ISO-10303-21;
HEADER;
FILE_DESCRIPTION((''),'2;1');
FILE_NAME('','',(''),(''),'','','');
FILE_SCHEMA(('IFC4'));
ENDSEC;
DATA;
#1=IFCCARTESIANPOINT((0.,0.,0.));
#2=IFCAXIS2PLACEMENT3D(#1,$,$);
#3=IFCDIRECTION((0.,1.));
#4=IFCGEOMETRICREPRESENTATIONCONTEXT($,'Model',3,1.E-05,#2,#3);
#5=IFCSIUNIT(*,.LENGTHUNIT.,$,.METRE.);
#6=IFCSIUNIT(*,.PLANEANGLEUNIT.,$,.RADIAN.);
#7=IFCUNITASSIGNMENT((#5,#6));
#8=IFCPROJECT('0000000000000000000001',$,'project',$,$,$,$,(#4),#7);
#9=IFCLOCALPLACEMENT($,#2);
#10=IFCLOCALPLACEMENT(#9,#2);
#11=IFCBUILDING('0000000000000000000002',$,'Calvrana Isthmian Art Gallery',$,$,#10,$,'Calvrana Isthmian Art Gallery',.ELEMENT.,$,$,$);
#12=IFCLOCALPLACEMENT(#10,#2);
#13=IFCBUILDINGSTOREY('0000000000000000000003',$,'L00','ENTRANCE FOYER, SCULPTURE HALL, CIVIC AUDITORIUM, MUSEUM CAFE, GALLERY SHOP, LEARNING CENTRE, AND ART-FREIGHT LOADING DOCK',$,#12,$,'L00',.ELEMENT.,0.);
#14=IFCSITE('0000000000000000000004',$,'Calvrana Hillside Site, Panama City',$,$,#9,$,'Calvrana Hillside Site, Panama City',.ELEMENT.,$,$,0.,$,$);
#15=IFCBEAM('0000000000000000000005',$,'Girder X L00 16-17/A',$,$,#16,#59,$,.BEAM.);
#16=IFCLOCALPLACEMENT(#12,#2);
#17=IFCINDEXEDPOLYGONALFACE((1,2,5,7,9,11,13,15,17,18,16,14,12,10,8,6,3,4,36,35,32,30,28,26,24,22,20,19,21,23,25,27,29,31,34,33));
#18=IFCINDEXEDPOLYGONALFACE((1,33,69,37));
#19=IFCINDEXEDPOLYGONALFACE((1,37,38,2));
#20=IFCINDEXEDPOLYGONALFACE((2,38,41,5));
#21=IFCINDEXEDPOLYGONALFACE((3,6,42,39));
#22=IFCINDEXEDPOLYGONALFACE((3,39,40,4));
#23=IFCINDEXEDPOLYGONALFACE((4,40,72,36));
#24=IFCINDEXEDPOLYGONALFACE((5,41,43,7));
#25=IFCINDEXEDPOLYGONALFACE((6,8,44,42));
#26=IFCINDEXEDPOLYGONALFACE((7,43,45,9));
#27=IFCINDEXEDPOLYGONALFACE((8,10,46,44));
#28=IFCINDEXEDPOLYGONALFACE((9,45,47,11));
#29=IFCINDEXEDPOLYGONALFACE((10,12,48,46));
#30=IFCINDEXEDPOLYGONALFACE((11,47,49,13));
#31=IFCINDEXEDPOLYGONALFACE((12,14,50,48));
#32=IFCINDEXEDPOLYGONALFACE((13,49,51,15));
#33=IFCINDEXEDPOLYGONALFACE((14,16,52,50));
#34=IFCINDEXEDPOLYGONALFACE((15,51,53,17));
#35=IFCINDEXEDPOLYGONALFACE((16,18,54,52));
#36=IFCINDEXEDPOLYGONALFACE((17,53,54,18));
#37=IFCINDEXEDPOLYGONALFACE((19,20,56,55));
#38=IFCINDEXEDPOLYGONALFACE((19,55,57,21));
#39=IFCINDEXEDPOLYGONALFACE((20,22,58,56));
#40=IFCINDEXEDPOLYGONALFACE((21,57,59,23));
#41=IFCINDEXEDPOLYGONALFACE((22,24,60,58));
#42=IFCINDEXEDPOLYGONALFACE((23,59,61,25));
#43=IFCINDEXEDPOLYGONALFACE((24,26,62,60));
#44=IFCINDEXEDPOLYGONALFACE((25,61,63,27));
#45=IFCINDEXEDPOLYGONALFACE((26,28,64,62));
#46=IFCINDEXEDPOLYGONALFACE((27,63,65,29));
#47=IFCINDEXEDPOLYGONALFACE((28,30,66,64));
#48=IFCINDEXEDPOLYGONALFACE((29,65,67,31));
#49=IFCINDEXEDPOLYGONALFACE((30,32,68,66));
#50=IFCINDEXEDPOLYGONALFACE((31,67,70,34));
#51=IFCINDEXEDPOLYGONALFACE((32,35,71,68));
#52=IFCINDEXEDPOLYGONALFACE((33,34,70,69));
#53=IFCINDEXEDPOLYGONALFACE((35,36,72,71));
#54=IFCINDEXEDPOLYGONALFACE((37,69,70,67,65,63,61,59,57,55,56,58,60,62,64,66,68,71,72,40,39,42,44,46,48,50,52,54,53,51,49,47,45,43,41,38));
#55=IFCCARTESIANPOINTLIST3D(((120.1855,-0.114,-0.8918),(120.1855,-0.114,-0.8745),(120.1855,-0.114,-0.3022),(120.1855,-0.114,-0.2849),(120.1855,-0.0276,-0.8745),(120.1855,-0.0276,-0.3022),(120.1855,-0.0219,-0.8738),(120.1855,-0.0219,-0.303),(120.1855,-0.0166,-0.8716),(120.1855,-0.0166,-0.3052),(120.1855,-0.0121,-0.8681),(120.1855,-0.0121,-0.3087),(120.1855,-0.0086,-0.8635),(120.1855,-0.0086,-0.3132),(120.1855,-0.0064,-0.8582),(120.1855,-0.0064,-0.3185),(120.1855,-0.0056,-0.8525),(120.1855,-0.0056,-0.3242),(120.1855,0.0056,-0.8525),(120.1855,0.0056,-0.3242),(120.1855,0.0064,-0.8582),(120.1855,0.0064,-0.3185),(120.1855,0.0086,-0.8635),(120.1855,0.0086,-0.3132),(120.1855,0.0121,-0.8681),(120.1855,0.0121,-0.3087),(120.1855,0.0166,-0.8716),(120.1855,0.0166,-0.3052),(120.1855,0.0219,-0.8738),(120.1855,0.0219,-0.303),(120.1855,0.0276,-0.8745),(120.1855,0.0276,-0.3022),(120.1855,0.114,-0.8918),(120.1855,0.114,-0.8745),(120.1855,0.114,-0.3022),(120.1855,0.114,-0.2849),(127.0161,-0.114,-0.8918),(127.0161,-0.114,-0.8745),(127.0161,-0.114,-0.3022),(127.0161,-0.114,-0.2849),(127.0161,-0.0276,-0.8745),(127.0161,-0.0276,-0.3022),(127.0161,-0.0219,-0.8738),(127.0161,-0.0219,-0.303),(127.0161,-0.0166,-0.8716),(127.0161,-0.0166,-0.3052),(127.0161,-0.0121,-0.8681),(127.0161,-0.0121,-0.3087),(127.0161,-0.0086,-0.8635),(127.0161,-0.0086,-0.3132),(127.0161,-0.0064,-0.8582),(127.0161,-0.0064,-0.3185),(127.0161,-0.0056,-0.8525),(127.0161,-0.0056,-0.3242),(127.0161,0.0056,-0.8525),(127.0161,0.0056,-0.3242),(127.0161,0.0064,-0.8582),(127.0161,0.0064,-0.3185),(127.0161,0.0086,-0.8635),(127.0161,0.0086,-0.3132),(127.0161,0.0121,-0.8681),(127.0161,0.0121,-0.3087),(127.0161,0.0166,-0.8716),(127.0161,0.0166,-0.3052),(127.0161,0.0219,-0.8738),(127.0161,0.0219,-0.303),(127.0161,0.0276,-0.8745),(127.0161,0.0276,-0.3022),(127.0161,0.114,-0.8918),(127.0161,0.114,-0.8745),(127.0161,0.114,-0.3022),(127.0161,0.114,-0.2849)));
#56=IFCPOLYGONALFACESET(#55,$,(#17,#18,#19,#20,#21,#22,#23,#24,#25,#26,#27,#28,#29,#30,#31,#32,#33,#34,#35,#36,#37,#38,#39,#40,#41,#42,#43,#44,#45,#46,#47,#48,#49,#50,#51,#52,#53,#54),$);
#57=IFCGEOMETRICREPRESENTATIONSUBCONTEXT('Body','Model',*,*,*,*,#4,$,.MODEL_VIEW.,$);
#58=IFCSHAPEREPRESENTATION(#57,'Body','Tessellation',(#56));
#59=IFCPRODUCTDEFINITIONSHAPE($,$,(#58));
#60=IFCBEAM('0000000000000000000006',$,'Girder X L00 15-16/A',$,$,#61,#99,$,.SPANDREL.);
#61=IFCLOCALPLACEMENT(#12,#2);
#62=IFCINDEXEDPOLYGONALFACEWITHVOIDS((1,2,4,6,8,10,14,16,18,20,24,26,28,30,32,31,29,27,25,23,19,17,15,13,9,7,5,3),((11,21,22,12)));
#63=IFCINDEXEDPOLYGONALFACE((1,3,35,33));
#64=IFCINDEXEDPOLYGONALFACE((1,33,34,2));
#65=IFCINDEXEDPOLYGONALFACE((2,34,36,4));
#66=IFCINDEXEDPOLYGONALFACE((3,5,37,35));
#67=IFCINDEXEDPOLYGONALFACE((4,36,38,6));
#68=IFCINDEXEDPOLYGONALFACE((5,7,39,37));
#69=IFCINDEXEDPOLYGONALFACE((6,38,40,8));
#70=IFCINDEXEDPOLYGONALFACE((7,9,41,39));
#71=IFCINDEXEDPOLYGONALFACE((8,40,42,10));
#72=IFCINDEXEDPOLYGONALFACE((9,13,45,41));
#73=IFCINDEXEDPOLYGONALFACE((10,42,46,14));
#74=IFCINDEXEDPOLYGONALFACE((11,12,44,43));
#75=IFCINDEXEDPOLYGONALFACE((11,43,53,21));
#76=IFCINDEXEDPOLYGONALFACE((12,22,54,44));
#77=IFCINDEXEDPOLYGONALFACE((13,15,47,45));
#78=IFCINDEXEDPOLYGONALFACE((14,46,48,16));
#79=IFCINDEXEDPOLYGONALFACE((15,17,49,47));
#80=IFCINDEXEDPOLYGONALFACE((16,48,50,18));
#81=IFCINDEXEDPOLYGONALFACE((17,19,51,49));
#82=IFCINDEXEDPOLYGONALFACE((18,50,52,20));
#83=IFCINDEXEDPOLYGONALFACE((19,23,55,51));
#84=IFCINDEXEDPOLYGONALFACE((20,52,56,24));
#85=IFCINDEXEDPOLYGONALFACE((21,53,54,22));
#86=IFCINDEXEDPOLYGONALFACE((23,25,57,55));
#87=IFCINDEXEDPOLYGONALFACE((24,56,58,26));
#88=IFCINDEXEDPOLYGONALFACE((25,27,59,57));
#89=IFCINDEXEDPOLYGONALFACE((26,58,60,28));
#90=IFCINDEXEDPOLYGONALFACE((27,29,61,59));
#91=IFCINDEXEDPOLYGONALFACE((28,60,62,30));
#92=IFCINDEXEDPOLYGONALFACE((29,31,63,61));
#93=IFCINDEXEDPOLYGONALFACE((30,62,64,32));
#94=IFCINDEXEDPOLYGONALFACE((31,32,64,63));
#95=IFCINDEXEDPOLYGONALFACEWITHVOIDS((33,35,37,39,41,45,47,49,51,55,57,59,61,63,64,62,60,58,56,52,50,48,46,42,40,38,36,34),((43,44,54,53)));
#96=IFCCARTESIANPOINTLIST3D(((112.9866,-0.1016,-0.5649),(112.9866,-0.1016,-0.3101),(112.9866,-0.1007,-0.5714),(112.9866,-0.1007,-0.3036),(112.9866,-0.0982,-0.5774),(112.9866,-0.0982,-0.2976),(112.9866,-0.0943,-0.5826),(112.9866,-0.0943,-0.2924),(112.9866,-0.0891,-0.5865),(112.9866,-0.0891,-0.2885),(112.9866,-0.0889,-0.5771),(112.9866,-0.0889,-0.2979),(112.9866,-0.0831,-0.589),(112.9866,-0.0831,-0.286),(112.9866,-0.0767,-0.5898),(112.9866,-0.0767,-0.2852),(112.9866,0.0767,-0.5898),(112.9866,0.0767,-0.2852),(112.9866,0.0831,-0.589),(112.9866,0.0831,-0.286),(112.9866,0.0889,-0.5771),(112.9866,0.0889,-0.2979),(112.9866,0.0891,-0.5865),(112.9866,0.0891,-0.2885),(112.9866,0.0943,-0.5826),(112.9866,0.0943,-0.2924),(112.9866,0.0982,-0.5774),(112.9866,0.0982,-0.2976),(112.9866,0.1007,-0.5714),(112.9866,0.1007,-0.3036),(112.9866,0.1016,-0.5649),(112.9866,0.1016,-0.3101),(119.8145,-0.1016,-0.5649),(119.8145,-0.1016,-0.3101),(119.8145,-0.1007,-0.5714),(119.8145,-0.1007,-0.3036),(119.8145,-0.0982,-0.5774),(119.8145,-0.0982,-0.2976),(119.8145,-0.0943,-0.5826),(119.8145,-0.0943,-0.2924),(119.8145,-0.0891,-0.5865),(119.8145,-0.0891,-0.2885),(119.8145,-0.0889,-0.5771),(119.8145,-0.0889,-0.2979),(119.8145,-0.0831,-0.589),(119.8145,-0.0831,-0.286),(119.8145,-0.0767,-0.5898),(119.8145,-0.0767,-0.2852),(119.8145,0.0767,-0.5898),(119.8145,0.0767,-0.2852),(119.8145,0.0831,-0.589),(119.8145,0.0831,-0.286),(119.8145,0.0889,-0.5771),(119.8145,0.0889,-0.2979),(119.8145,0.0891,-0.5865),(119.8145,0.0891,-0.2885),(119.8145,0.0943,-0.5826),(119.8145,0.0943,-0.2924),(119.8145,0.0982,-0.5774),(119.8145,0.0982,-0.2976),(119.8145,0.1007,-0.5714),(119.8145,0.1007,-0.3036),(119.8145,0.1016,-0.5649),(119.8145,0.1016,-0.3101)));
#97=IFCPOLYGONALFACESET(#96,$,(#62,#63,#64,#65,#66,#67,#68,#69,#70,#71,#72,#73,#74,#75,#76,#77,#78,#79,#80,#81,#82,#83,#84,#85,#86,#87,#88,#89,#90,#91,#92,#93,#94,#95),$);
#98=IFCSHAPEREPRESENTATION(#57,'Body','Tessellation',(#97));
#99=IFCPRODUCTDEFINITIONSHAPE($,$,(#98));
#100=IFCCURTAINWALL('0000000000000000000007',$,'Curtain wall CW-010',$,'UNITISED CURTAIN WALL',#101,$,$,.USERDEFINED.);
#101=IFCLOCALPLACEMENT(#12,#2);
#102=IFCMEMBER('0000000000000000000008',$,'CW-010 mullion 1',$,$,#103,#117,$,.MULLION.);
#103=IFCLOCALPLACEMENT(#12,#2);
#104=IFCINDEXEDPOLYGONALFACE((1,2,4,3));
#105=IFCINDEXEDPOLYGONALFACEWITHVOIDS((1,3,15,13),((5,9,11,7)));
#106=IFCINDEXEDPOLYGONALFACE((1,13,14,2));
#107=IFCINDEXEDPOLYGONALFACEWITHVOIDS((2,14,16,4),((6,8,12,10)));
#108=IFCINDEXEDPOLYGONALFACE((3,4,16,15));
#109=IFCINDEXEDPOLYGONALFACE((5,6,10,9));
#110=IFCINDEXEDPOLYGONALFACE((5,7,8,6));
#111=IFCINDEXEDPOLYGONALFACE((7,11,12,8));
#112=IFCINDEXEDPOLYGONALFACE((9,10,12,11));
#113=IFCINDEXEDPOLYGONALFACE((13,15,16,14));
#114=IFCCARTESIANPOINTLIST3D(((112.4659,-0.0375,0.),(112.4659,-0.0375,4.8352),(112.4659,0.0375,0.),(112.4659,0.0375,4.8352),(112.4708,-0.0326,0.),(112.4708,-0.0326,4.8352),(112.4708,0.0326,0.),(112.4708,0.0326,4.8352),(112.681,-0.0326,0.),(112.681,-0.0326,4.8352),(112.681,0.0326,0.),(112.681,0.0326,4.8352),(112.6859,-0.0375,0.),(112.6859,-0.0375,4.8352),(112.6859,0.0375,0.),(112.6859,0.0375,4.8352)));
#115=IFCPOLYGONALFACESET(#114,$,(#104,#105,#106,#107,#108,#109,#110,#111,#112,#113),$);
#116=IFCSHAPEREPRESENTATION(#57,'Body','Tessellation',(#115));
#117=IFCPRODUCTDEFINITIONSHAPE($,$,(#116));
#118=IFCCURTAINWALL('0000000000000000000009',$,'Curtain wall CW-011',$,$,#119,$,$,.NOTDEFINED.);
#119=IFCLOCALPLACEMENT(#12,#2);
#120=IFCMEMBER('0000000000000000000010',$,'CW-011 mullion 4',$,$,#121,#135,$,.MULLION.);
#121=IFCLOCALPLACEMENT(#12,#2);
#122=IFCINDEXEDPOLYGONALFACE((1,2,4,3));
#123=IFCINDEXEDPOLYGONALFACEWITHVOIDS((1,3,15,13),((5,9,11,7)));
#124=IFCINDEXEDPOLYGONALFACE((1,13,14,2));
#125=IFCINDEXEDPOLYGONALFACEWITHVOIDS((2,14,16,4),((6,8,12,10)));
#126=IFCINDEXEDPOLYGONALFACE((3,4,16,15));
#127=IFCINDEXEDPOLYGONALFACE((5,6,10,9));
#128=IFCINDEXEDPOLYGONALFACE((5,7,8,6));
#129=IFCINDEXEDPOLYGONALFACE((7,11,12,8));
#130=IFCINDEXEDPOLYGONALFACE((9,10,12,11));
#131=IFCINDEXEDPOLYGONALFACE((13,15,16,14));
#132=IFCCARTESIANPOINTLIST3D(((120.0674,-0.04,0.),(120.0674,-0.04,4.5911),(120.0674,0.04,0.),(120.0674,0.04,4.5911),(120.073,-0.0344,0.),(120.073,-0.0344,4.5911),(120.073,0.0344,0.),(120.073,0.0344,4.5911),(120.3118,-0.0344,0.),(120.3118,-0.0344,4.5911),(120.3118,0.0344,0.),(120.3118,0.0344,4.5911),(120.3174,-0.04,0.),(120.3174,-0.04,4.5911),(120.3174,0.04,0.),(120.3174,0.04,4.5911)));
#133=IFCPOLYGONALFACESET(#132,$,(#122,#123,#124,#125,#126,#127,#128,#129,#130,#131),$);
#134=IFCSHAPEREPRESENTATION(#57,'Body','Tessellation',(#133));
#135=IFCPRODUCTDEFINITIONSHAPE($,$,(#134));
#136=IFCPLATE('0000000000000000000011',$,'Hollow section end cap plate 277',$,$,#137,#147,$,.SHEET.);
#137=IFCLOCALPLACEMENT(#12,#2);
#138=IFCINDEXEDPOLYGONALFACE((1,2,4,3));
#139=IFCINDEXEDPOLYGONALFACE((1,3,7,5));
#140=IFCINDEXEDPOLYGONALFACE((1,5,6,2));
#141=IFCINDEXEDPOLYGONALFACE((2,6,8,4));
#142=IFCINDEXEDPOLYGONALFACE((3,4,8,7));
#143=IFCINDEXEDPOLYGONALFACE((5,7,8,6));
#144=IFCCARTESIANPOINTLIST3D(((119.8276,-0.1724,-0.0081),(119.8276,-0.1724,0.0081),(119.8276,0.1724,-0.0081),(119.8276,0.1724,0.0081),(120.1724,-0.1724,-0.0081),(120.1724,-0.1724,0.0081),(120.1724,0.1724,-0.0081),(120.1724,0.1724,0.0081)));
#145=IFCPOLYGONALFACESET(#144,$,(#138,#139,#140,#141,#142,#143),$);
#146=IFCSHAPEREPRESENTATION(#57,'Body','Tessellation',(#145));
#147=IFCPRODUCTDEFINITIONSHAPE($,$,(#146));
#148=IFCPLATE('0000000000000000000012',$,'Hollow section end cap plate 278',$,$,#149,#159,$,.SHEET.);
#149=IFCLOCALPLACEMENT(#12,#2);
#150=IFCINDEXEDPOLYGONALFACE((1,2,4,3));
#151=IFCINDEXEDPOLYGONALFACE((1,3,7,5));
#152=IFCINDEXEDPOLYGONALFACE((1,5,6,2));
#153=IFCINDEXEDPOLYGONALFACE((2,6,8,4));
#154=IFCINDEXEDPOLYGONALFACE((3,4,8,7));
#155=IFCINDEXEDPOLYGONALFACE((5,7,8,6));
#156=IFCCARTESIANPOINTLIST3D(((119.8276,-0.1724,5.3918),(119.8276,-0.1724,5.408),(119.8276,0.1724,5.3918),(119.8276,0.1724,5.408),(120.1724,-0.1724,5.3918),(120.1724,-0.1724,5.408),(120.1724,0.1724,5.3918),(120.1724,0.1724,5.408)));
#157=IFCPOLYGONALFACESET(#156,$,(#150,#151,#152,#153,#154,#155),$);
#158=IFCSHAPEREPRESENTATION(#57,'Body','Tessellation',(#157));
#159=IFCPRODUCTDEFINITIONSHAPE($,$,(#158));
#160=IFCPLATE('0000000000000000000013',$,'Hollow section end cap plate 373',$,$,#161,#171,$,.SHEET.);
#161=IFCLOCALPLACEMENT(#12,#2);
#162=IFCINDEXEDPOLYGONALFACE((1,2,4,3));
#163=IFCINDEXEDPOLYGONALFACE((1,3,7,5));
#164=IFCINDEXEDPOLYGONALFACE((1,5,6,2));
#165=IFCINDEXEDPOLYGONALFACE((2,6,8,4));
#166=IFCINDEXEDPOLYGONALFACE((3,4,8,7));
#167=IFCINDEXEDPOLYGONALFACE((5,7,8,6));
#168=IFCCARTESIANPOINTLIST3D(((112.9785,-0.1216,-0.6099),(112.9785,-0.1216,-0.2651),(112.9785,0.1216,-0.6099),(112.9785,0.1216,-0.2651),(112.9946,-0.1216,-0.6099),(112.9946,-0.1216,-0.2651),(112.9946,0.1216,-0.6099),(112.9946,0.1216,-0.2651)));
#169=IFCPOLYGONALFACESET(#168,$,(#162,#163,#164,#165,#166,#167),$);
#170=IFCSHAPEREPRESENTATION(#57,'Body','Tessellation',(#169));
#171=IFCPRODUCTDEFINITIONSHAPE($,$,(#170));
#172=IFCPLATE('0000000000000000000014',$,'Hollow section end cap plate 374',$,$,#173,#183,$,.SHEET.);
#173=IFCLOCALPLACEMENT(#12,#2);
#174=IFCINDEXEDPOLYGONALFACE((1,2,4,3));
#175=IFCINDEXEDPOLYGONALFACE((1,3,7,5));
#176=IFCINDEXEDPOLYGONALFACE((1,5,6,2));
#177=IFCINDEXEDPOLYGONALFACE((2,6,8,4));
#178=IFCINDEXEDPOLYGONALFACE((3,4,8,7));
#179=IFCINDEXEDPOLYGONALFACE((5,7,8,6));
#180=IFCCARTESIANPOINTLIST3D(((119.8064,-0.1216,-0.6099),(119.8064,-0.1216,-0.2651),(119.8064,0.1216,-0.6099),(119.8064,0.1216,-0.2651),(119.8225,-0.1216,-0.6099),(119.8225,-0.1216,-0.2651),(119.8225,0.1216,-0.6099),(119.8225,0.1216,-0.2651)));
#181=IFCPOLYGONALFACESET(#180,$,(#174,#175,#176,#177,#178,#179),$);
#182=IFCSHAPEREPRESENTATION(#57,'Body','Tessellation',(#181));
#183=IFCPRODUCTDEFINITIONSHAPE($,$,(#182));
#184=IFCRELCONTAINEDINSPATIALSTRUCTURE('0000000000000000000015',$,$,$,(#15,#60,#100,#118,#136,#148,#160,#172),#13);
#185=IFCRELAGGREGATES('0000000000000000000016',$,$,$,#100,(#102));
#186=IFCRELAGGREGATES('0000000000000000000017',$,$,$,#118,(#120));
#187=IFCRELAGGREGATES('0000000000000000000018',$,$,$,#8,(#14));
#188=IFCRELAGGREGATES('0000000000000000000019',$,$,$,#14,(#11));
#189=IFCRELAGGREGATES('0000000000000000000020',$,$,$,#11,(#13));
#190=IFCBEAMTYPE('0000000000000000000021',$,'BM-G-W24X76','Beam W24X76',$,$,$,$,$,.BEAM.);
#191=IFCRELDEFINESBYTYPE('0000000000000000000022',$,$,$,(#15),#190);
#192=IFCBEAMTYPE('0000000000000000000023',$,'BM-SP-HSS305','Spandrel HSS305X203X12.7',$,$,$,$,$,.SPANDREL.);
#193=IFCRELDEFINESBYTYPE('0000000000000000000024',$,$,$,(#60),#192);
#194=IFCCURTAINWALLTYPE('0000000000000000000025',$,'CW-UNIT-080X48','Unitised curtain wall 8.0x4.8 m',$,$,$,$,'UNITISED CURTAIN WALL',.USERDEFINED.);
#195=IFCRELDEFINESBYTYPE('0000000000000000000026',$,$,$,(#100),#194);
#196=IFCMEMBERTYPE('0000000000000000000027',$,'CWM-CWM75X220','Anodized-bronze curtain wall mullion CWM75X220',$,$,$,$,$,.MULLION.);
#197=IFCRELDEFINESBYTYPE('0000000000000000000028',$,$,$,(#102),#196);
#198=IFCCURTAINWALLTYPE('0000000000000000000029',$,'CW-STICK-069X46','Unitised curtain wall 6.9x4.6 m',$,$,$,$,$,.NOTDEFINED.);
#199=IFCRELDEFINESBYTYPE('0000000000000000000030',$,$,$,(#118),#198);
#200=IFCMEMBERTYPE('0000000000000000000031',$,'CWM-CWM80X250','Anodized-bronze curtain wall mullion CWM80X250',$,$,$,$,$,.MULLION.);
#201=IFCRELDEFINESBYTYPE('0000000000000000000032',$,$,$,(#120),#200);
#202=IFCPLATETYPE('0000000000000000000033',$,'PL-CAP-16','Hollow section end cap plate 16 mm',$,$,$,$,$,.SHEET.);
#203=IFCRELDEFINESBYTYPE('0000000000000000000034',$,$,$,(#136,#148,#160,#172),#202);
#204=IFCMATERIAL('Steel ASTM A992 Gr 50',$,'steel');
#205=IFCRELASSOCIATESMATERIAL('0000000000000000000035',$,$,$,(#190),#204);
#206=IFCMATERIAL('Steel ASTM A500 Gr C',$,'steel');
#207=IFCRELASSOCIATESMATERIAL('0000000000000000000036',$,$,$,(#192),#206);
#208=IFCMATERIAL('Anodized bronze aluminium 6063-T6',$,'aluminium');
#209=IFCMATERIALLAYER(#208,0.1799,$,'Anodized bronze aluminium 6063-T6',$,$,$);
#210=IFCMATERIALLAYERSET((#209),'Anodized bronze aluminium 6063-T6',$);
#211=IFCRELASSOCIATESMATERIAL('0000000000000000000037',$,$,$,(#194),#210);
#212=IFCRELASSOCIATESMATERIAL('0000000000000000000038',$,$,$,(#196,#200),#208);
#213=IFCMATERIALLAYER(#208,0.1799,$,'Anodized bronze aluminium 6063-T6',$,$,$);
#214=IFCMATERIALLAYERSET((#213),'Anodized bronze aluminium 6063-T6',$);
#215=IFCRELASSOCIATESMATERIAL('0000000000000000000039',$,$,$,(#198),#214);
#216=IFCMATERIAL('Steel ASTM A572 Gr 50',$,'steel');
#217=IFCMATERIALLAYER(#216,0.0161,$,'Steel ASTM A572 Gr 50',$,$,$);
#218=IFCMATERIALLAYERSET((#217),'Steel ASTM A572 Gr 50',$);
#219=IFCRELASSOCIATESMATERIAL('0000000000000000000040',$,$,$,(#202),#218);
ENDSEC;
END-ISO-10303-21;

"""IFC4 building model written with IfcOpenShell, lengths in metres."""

from ifc_helpers import new_model, si_unit, direction, frame, origin, origin_2d, place, context, subcontext, project, spatial, rectangle, hollow_rectangle, i_section, extrude, material, layer, layer_set, material_profile, profile_set, type_object, element, aggregate, save


model = new_model("IFC4")

# Units and contexts
model_context = context("Model", 3, precision=1e-05, world=origin(), true_north=direction((0.0, 1.0)))
body_context = subcontext(model_context, "Body", "Model", "MODEL_VIEW")
ifc_project = project(units=[si_unit("LENGTHUNIT", "METRE"), si_unit("PLANEANGLEUNIT", "RADIAN")], contexts=[model_context])

# Site, building, storey
site_placement = place(None, origin())
site = spatial("IfcSite", under=ifc_project, at=site_placement, Name="Calvrana Hillside Site, Panama City", LongName="Calvrana Hillside Site, Panama City", CompositionType="ELEMENT", RefElevation=0.0)
building_placement = place(site_placement, origin())
building = spatial("IfcBuilding", under=site, at=building_placement, Name="Calvrana Isthmian Art Gallery", LongName="Calvrana Isthmian Art Gallery", CompositionType="ELEMENT")
storey_placement = place(building_placement, origin())
storey = spatial("IfcBuildingStorey", under=building, at=storey_placement, Name="L00", Description="ENTRANCE FOYER, SCULPTURE HALL, CIVIC AUDITORIUM, MUSEUM CAFE, GALLERY SHOP, LEARNING CENTRE, AND ART-FREIGHT LOADING DOCK", LongName="L00", CompositionType="ELEMENT", Elevation=0.0)

# Shared definitions
ifc_material_1 = material(Name="Steel ASTM A500 Gr C", Category="steel")
ifc_material_2 = material(Name="Steel ASTM A992 Gr 50", Category="steel")

# Beams
ifc_material_profile_1 = material_profile(ifc_material_2, i_section(OverallWidth=0.228, OverallDepth=0.6069, WebThickness=0.0112, FlangeThickness=0.0173, FilletRadius=0.022, at=origin_2d()), Name="W24X76")
ifc_profile_set_1 = profile_set([ifc_material_profile_1], Name="Steel ASTM A992 Gr 50")
beam_type_1 = type_object("IfcBeamType", Name="BM-G-W24X76", Description="Beam W24X76", PredefinedType="BEAM", material=ifc_profile_set_1)
beam_1_placement = place(storey_placement, frame((120.1855, 0.0, -0.5884), z_axis=(1.0, 0.0, 0.0), x_axis=(0.0, 1.0, 0.0)))
element("IfcBeam", 1, at=beam_1_placement, inside=storey, type_object=beam_type_1, Name="Girder X L00 16-17/A", PredefinedType="BEAM", context=body_context, shape_type="SweptSolid", body=[
    extrude(i_section(OverallWidth=0.228, OverallDepth=0.6069, WebThickness=0.0112, FlangeThickness=0.0173, FilletRadius=0.022, at=origin_2d()), origin(), (0.0, 0.0, 1.0), 6.8306),
])
ifc_material_profile_2 = material_profile(ifc_material_1, hollow_rectangle(XDim=0.2031, YDim=0.3047, WallThickness=0.0127, OuterFilletRadius=0.0249, at=origin_2d()), Name="HSS305X203X12.7")
ifc_profile_set_2 = profile_set([ifc_material_profile_2], Name="Steel ASTM A500 Gr C")
beam_type_2 = type_object("IfcBeamType", Name="BM-SP-HSS305", Description="Spandrel HSS305X203X12.7", PredefinedType="SPANDREL", material=ifc_profile_set_2)
beam_2_placement = place(storey_placement, frame((112.9866, 0.0, -0.4375), z_axis=(1.0, 0.0, 0.0), x_axis=(0.0, 1.0, 0.0)))
element("IfcBeam", 2, at=beam_2_placement, inside=storey, type_object=beam_type_2, Name="Girder X L00 15-16/A", PredefinedType="SPANDREL", context=body_context, shape_type="SweptSolid", body=[
    extrude(hollow_rectangle(XDim=0.2031, YDim=0.3047, WallThickness=0.0127, OuterFilletRadius=0.0249, at=origin_2d()), origin(), (0.0, 0.0, 1.0), 6.8279),
])

# Curtain walls, members
ifc_material_3 = material(Name="Anodized bronze aluminium 6063-T6", Category="aluminium")
ifc_layer_1 = layer(ifc_material_3, 0.1799, Name="Anodized bronze aluminium 6063-T6")
ifc_layer_set_1 = layer_set([ifc_layer_1], Name="Anodized bronze aluminium 6063-T6")
curtain_wall_type_1 = type_object("IfcCurtainWallType", Name="CW-UNIT-080X48", Description="Unitised curtain wall 8.0x4.8 m", ElementType="UNITISED CURTAIN WALL", PredefinedType="USERDEFINED", material=ifc_layer_set_1)
curtain_wall_1_placement = place(storey_placement, origin())
curtain_wall_1 = element("IfcCurtainWall", 3, at=curtain_wall_1_placement, inside=storey, type_object=curtain_wall_type_1, Name="Curtain wall CW-010", ObjectType="UNITISED CURTAIN WALL", PredefinedType="USERDEFINED")
ifc_material_profile_3 = material_profile(ifc_material_3, hollow_rectangle(XDim=0.075, YDim=0.22, WallThickness=0.0049, at=origin_2d()), Name="CWM75X220")
ifc_profile_set_3 = profile_set([ifc_material_profile_3], Name="Anodized bronze aluminium 6063-T6")
member_type_1 = type_object("IfcMemberType", Name="CWM-CWM75X220", Description="Anodized-bronze curtain wall mullion CWM75X220", PredefinedType="MULLION", material=ifc_profile_set_3)
member_1_placement = place(storey_placement, frame((112.5759, 0.0, 0.0), z_axis=(0.0, 0.0, 1.0), x_axis=(0.0, -1.0, 0.0)))
member_1 = element("IfcMember", 4, at=member_1_placement, type_object=member_type_1, Name="CW-010 mullion 1", PredefinedType="MULLION", context=body_context, shape_type="SweptSolid", body=[
    extrude(hollow_rectangle(XDim=0.075, YDim=0.22, WallThickness=0.0049, at=origin_2d()), origin(), (0.0, 0.0, 1.0), 4.8352),
])
aggregate(curtain_wall_1, [member_1])
ifc_layer_2 = layer(ifc_material_3, 0.1799, Name="Anodized bronze aluminium 6063-T6")
ifc_layer_set_2 = layer_set([ifc_layer_2], Name="Anodized bronze aluminium 6063-T6")
curtain_wall_type_2 = type_object("IfcCurtainWallType", Name="CW-STICK-069X46", Description="Unitised curtain wall 6.9x4.6 m", PredefinedType="NOTDEFINED", material=ifc_layer_set_2)
curtain_wall_2_placement = place(storey_placement, origin())
curtain_wall_2 = element("IfcCurtainWall", 5, at=curtain_wall_2_placement, inside=storey, type_object=curtain_wall_type_2, Name="Curtain wall CW-011", PredefinedType="NOTDEFINED")
ifc_material_profile_4 = material_profile(ifc_material_3, hollow_rectangle(XDim=0.0801, YDim=0.25, WallThickness=0.0056, at=origin_2d()), Name="CWM80X250")
ifc_profile_set_4 = profile_set([ifc_material_profile_4], Name="Anodized bronze aluminium 6063-T6")
member_type_2 = type_object("IfcMemberType", Name="CWM-CWM80X250", Description="Anodized-bronze curtain wall mullion CWM80X250", PredefinedType="MULLION", material=ifc_profile_set_4)
member_2_placement = place(storey_placement, frame((120.1924, 0.0, 0.0), z_axis=(0.0, 0.0, 1.0), x_axis=(0.0, -1.0, 0.0)))
member_2 = element("IfcMember", 6, at=member_2_placement, type_object=member_type_2, Name="CW-011 mullion 4", PredefinedType="MULLION", context=body_context, shape_type="SweptSolid", body=[
    extrude(hollow_rectangle(XDim=0.0801, YDim=0.25, WallThickness=0.0056, at=origin_2d()), origin(), (0.0, 0.0, 1.0), 4.5911),
])
aggregate(curtain_wall_2, [member_2])

# Plates
ifc_material_4 = material(Name="Steel ASTM A572 Gr 50", Category="steel")
ifc_layer_3 = layer(ifc_material_4, 0.0161, Name="Steel ASTM A572 Gr 50")
ifc_layer_set_3 = layer_set([ifc_layer_3], Name="Steel ASTM A572 Gr 50")
plate_type = type_object("IfcPlateType", Name="PL-CAP-16", Description="Hollow section end cap plate 16 mm", PredefinedType="SHEET", material=ifc_layer_set_3)
for number, where, z_axis, x_axis, name in (
    (7, (120.0, 0.0, -0.0081), (0.0, 0.0, 1.0), (1.0, 0.0, 0.0), "Hollow section end cap plate 277"),
    (8, (120.0, 0.0, 5.3918), (0.0, 0.0, 1.0), (1.0, 0.0, 0.0), "Hollow section end cap plate 278"),
):
    element("IfcPlate", number, at=place(storey_placement, frame(where, z_axis=z_axis, x_axis=x_axis)), inside=storey, type_object=plate_type, Name=name, PredefinedType="SHEET", context=body_context, shape_type="SweptSolid", body=[
        extrude(rectangle(XDim=0.3447, YDim=0.3447, at=origin_2d()), origin(), (0.0, 0.0, 1.0), 0.0161),
    ])
for number, where, z_axis, x_axis, name in (
    (9, (112.9866, 0.0, -0.6099), (0.0, 0.0, 1.0), (1.0, 0.0, 0.0), "Hollow section end cap plate 373"),
    (10, (119.8145, 0.0, -0.6099), (0.0, 0.0, 1.0), (1.0, 0.0, 0.0), "Hollow section end cap plate 374"),
):
    element("IfcPlate", number, at=place(storey_placement, frame(where, z_axis=z_axis, x_axis=x_axis)), inside=storey, type_object=plate_type, Name=name, PredefinedType="SHEET", context=body_context, shape_type="SweptSolid", body=[
        extrude(rectangle(XDim=0.0161, YDim=0.2432, at=origin_2d()), origin(), (0.0, 0.0, 1.0), 0.3447),
    ])

save(model, "model.ifc")
